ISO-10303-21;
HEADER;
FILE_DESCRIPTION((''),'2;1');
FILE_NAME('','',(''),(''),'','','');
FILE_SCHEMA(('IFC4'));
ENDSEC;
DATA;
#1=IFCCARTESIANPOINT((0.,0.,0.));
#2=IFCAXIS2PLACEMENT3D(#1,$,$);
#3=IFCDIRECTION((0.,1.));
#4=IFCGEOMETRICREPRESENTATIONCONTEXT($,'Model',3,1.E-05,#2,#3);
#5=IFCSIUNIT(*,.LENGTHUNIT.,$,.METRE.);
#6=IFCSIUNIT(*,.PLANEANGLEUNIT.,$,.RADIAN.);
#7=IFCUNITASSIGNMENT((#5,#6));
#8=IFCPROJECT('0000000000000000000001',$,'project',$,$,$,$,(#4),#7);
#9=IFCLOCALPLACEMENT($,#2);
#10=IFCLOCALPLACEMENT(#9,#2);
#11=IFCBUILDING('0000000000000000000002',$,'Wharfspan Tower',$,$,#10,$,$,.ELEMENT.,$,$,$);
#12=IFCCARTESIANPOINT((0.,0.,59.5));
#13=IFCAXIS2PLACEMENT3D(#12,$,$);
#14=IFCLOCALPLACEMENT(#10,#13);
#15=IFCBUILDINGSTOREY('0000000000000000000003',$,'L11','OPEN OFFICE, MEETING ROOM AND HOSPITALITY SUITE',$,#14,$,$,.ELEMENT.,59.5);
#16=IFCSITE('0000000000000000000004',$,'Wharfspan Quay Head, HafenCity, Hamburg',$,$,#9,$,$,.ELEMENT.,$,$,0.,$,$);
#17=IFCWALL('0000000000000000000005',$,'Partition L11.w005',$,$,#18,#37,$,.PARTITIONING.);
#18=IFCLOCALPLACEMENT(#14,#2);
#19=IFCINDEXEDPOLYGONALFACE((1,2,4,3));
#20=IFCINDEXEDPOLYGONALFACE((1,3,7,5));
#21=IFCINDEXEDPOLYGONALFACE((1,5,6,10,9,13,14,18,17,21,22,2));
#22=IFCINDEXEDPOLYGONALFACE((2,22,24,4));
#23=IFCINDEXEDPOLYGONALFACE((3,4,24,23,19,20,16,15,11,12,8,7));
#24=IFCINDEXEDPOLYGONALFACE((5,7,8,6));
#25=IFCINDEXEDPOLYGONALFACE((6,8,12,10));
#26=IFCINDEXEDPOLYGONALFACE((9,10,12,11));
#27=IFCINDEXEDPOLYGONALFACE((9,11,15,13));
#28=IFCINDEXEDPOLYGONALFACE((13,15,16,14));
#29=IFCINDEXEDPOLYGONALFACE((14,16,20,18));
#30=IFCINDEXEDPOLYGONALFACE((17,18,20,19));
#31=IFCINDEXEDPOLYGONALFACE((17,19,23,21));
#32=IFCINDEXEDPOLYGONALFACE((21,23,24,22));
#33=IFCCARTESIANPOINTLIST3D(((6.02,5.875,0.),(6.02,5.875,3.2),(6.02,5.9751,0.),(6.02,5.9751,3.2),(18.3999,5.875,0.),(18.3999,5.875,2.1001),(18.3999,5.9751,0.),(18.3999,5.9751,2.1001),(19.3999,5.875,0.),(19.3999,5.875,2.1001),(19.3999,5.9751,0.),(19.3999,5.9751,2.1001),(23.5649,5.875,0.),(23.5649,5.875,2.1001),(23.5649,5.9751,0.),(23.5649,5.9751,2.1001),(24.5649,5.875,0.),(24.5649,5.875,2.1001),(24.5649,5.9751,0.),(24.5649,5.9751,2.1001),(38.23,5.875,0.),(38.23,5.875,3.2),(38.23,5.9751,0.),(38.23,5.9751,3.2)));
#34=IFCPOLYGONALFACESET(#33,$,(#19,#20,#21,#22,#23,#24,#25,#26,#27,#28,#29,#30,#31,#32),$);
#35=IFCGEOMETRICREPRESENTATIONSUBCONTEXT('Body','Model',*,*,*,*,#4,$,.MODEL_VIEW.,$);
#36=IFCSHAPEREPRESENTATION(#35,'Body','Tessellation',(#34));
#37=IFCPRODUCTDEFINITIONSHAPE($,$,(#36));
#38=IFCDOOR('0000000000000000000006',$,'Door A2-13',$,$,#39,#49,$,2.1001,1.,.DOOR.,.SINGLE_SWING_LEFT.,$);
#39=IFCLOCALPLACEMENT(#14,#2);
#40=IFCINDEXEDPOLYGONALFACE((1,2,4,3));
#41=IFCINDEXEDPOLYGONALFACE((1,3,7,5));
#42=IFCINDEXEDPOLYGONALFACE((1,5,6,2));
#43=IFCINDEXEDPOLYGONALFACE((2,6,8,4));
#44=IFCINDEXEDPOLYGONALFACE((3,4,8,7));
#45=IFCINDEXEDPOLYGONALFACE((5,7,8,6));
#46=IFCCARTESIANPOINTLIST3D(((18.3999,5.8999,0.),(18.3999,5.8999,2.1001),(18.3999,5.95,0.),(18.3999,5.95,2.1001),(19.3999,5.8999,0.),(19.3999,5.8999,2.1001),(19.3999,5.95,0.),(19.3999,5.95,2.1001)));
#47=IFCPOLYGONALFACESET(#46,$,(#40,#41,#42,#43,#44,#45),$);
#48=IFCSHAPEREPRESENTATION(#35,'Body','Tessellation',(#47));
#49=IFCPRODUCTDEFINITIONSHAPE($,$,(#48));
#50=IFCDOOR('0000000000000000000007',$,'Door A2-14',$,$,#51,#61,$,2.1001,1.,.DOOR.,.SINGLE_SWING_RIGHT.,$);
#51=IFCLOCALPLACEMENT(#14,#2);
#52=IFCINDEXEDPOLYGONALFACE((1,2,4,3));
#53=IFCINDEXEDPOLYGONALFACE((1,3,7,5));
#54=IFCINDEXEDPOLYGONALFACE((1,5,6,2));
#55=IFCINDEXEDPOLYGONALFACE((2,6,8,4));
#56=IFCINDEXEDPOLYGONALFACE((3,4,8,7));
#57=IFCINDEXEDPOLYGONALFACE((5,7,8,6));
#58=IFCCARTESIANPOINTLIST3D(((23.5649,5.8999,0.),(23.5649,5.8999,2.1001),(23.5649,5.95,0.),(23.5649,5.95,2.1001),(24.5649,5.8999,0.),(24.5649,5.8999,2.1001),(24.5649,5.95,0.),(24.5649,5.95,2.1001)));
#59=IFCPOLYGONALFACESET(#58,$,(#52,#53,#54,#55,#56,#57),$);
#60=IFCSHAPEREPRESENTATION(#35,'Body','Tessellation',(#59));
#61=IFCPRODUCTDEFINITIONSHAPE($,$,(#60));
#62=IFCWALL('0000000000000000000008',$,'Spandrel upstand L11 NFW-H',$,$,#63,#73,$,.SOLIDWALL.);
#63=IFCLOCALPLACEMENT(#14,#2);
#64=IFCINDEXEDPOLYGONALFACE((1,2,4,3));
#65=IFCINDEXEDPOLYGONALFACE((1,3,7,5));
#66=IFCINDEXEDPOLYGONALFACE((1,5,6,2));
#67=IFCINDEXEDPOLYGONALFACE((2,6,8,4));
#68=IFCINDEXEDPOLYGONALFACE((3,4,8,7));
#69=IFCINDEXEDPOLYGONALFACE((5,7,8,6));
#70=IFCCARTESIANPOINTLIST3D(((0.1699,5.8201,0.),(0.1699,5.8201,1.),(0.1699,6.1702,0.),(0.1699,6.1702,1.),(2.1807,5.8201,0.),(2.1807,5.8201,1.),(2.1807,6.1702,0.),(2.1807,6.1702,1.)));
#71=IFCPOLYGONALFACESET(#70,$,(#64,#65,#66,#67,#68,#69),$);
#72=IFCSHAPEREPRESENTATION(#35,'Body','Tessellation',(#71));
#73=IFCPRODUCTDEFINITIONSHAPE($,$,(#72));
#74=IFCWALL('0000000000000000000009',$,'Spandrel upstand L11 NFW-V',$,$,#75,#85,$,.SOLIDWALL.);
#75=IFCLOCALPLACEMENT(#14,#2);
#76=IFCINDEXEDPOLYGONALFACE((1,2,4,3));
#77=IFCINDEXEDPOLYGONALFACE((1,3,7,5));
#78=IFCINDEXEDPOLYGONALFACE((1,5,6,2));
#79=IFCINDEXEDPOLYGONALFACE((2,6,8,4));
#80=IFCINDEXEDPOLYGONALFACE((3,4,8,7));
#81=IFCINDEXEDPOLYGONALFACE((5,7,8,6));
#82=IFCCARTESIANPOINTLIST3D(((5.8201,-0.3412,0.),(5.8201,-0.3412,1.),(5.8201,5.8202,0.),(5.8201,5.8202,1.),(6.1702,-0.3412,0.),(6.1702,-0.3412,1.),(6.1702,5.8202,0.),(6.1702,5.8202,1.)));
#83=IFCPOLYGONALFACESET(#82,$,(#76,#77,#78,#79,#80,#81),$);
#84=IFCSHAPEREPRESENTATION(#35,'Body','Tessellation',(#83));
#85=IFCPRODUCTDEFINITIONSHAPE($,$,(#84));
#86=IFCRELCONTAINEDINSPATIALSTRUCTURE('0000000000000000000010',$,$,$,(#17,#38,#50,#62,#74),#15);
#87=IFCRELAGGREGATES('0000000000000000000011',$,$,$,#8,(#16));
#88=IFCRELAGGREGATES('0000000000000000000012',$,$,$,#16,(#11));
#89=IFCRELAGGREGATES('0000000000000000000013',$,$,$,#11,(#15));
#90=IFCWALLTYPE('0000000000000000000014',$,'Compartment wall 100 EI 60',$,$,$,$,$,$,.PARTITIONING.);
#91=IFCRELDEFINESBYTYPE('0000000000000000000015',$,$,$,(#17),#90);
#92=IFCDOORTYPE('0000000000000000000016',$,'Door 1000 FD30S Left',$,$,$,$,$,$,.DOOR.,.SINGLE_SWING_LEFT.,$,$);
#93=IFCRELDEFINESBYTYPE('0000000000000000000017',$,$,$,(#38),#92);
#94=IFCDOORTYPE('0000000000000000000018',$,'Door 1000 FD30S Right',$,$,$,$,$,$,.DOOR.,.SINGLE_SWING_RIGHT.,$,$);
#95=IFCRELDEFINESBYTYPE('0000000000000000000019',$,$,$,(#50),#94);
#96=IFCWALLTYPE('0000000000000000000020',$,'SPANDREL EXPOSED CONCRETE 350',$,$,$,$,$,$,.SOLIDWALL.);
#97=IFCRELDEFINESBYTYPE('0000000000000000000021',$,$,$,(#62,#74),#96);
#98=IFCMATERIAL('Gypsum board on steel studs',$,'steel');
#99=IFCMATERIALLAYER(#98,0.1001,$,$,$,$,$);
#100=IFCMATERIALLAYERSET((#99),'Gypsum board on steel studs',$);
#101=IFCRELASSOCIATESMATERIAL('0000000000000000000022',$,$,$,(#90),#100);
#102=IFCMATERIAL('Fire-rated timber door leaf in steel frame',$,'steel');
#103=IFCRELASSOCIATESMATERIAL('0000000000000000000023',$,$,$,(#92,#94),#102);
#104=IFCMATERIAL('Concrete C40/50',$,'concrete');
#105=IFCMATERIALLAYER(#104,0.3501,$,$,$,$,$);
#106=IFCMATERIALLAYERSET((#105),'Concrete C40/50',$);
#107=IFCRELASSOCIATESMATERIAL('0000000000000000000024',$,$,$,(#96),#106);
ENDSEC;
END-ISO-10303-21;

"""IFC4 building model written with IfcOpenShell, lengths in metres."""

from ifc_helpers import new_model, si_unit, direction, frame, frame_2d, origin, place, context, subcontext, project, spatial, rectangle, extrude, material, layer, layer_set, type_object, element, fill, save


model = new_model("IFC4")

# Units and contexts
model_context = context("Model", 3, precision=1e-05, world=origin(), true_north=direction((0.0, 1.0)))
body_context = subcontext(model_context, "Body", "Model", "MODEL_VIEW")
ifc_project = project(units=[si_unit("LENGTHUNIT", "METRE"), si_unit("PLANEANGLEUNIT", "RADIAN")], contexts=[model_context])

# Site, building, storey
site_placement = place(None, origin())
site = spatial("IfcSite", under=ifc_project, at=site_placement, Name="Wharfspan Quay Head, HafenCity, Hamburg", CompositionType="ELEMENT", RefElevation=0.0)
building_placement = place(site_placement, origin())
building = spatial("IfcBuilding", under=site, at=building_placement, Name="Wharfspan Tower", CompositionType="ELEMENT")
storey_placement = place(building_placement, frame((0.0, 0.0, 59.5)))
storey = spatial("IfcBuildingStorey", under=building, at=storey_placement, Name="L11", Description="OPEN OFFICE, MEETING ROOM AND HOSPITALITY SUITE", CompositionType="ELEMENT", Elevation=59.5)

# Shared definitions
ifc_material_1 = material(Name="Concrete C40/50", Category="concrete")

# Wall, openings, doors
ifc_material_2 = material(Name="Gypsum board on steel studs", Category="steel")
ifc_layer_1 = layer(ifc_material_2, 0.1001)
ifc_layer_set_1 = layer_set([ifc_layer_1], Name="Gypsum board on steel studs")
wall_type_1 = type_object("IfcWallType", Name="Compartment wall 100 EI 60", PredefinedType="PARTITIONING", material=ifc_layer_set_1)
ifc_material_3 = material(Name="Fire-rated timber door leaf in steel frame", Category="steel")
door_type_1 = type_object("IfcDoorType", Name="Door 1000 FD30S Left", OperationType="SINGLE_SWING_LEFT", PredefinedType="DOOR", material=ifc_material_3)
door_type_2 = type_object("IfcDoorType", Name="Door 1000 FD30S Right", OperationType="SINGLE_SWING_RIGHT", PredefinedType="DOOR", material=ifc_material_3)
wall_1_placement = place(storey_placement, frame((6.02, 5.925, 0.0), z_axis=(0.0, 0.0, 1.0), x_axis=(1.0, 0.0, 0.0)))
wall_1 = element("IfcWall", 1, at=wall_1_placement, inside=storey, type_object=wall_type_1, Name="Partition L11.w005", PredefinedType="PARTITIONING", context=body_context, shape_type="SweptSolid", body=[
    extrude(rectangle(XDim=32.21, YDim=0.1001, at=frame_2d((16.105, 0.0))), origin(), (0.0, 0.0, 1.0), 3.2),
])
opening_1_placement = place(wall_1_placement, frame((12.3799, 0.0, 0.0)))
opening_1 = element("IfcOpeningElement", 2, at=opening_1_placement, cuts=wall_1, PredefinedType="OPENING", context=body_context, shape_type="SweptSolid", body=[
    extrude(rectangle(XDim=1.0, YDim=2.1001, at=frame_2d((0.5, 1.05))), frame((0.0, 0.0601, 0.0), z_axis=(0.0, -1.0, 0.0), x_axis=(1.0, 0.0, 0.0)), (0.0, 0.0, 1.0), 0.1201),
])
opening_2_placement = place(wall_1_placement, frame((17.5449, 0.0, 0.0)))
opening_2 = element("IfcOpeningElement", 3, at=opening_2_placement, cuts=wall_1, PredefinedType="OPENING", context=body_context, shape_type="SweptSolid", body=[
    extrude(rectangle(XDim=1.0, YDim=2.1001, at=frame_2d((0.5, 1.05))), frame((0.0, 0.0601, 0.0), z_axis=(0.0, -1.0, 0.0), x_axis=(1.0, 0.0, 0.0)), (0.0, 0.0, 1.0), 0.1201),
])
door_1_placement = place(opening_1_placement, origin())
door_1 = element("IfcDoor", 4, at=door_1_placement, inside=storey, type_object=door_type_1, Name="Door A2-13", OperationType="SINGLE_SWING_LEFT", OverallHeight=2.1001, OverallWidth=1.0, PredefinedType="DOOR", context=body_context, shape_type="SweptSolid", body=[
    extrude(rectangle(XDim=1.0, YDim=2.1001, at=frame_2d((0.5, 1.05))), frame((0.0, 0.0249, 0.0), z_axis=(0.0, -1.0, 0.0), x_axis=(1.0, 0.0, 0.0)), (0.0, 0.0, 1.0), 0.05),
])
fill(opening_1, door_1)
door_2_placement = place(opening_2_placement, origin())
door_2 = element("IfcDoor", 5, at=door_2_placement, inside=storey, type_object=door_type_2, Name="Door A2-14", OperationType="SINGLE_SWING_RIGHT", OverallHeight=2.1001, OverallWidth=1.0, PredefinedType="DOOR", context=body_context, shape_type="SweptSolid", body=[
    extrude(rectangle(XDim=1.0, YDim=2.1001, at=frame_2d((0.5, 1.05))), frame((0.0, 0.0249, 0.0), z_axis=(0.0, -1.0, 0.0), x_axis=(1.0, 0.0, 0.0)), (0.0, 0.0, 1.0), 0.05),
])
fill(opening_2, door_2)

# Walls
ifc_layer_2 = layer(ifc_material_1, 0.3501)
ifc_layer_set_2 = layer_set([ifc_layer_2], Name="Concrete C40/50")
wall_type_2 = type_object("IfcWallType", Name="SPANDREL EXPOSED CONCRETE 350", PredefinedType="SOLIDWALL", material=ifc_layer_set_2)
wall_2_placement = place(storey_placement, frame((0.1699, 5.9951, 0.0), z_axis=(0.0, 0.0, 1.0), x_axis=(1.0, 0.0, 0.0)))
element("IfcWall", 6, at=wall_2_placement, inside=storey, type_object=wall_type_2, Name="Spandrel upstand L11 NFW-H", PredefinedType="SOLIDWALL", context=body_context, shape_type="SweptSolid", body=[
    extrude(rectangle(XDim=2.0107, YDim=0.3501, at=frame_2d((1.0054, 0.0))), origin(), (0.0, 0.0, 1.0), 1.0),
])
wall_3_placement = place(storey_placement, frame((5.9951, 5.8201, 0.0), z_axis=(0.0, 0.0, 1.0), x_axis=(0.0, -1.0, 0.0)))
element("IfcWall", 7, at=wall_3_placement, inside=storey, type_object=wall_type_2, Name="Spandrel upstand L11 NFW-V", PredefinedType="SOLIDWALL", context=body_context, shape_type="SweptSolid", body=[
    extrude(rectangle(XDim=6.1614, YDim=0.3501, at=frame_2d((3.0806, 0.0))), origin(), (0.0, 0.0, 1.0), 1.0),
])

save(model, "model.ifc")
